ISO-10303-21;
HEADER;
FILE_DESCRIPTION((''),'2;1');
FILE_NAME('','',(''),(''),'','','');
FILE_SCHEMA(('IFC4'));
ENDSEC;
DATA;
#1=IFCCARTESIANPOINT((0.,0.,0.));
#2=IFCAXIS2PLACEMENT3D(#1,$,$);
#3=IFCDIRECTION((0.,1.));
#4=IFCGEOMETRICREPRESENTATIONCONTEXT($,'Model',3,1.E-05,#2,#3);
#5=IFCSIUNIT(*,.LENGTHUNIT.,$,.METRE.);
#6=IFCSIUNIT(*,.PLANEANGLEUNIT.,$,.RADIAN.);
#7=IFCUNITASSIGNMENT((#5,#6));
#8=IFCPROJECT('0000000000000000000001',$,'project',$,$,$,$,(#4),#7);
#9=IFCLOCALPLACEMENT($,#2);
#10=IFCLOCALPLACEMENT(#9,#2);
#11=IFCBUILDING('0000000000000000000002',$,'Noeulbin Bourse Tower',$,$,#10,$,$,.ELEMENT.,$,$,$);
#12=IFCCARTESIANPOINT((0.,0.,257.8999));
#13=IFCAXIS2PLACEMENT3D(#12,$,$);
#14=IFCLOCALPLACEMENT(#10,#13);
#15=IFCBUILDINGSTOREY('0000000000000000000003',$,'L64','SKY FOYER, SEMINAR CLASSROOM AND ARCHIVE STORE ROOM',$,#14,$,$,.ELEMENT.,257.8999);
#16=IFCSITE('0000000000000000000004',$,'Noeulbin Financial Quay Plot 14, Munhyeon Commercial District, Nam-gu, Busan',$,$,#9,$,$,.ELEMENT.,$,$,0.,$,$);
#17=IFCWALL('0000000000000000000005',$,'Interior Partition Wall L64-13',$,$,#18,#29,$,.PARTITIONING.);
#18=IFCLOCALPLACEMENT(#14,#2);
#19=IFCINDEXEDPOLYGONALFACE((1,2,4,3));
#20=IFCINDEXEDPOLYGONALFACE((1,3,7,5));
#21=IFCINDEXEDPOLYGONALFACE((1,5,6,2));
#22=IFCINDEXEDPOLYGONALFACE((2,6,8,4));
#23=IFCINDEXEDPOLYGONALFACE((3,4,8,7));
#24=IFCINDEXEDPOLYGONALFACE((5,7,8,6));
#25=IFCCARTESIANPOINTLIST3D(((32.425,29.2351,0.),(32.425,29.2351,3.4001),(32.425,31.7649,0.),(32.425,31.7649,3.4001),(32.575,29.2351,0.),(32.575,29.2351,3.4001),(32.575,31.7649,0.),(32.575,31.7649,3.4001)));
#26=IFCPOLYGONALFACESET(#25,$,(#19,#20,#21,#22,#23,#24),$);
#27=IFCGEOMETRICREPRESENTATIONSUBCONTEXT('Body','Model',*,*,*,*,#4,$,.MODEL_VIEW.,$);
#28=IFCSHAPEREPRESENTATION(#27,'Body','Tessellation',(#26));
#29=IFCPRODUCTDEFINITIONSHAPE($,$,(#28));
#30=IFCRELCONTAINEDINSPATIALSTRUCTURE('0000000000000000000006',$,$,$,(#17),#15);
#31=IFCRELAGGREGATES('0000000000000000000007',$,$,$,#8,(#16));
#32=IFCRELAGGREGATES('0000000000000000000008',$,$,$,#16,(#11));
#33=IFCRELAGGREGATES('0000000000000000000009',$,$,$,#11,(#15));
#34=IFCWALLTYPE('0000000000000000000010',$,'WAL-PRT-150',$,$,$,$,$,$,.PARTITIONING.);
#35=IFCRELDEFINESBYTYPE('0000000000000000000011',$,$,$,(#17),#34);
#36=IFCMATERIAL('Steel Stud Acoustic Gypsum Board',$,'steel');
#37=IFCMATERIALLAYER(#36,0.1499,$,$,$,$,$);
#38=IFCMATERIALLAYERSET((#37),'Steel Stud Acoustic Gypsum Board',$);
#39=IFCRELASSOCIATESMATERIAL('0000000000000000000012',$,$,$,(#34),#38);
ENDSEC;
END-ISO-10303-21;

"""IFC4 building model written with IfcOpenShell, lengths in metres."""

from ifc_helpers import new_model, si_unit, direction, frame, frame_2d, origin, place, context, subcontext, project, spatial, rectangle, extrude, material, layer, layer_set, type_object, element, save


model = new_model("IFC4")

# Units and contexts
model_context = context("Model", 3, precision=1e-05, world=origin(), true_north=direction((0.0, 1.0)))
body_context = subcontext(model_context, "Body", "Model", "MODEL_VIEW")
ifc_project = project(units=[si_unit("LENGTHUNIT", "METRE"), si_unit("PLANEANGLEUNIT", "RADIAN")], contexts=[model_context])

# Site, building, storey
site_placement = place(None, origin())
site = spatial("IfcSite", under=ifc_project, at=site_placement, Name="Noeulbin Financial Quay Plot 14, Munhyeon Commercial District, Nam-gu, Busan", CompositionType="ELEMENT", RefElevation=0.0)
building_placement = place(site_placement, origin())
building = spatial("IfcBuilding", under=site, at=building_placement, Name="Noeulbin Bourse Tower", CompositionType="ELEMENT")
storey_placement = place(building_placement, frame((0.0, 0.0, 257.8999)))
storey = spatial("IfcBuildingStorey", under=building, at=storey_placement, Name="L64", Description="SKY FOYER, SEMINAR CLASSROOM AND ARCHIVE STORE ROOM", CompositionType="ELEMENT", Elevation=257.8999)

# Wall
ifc_material_1 = material(Name="Steel Stud Acoustic Gypsum Board", Category="steel")
ifc_layer_1 = layer(ifc_material_1, 0.1499)
ifc_layer_set_1 = layer_set([ifc_layer_1], Name="Steel Stud Acoustic Gypsum Board")
wall_type_1 = type_object("IfcWallType", Name="WAL-PRT-150", PredefinedType="PARTITIONING", material=ifc_layer_set_1)
wall_1_placement = place(storey_placement, frame((32.5, 29.2351, 0.0), z_axis=(0.0, 0.0, 1.0), x_axis=(0.0, 1.0, 0.0)))
element("IfcWall", 1, at=wall_1_placement, inside=storey, type_object=wall_type_1, Name="Interior Partition Wall L64-13", PredefinedType="PARTITIONING", context=body_context, shape_type="SweptSolid", body=[
    extrude(rectangle(XDim=2.5298, YDim=0.1499, at=frame_2d((1.2649, 0.0))), origin(), (0.0, 0.0, 1.0), 3.4001),
])

save(model, "model.ifc")
